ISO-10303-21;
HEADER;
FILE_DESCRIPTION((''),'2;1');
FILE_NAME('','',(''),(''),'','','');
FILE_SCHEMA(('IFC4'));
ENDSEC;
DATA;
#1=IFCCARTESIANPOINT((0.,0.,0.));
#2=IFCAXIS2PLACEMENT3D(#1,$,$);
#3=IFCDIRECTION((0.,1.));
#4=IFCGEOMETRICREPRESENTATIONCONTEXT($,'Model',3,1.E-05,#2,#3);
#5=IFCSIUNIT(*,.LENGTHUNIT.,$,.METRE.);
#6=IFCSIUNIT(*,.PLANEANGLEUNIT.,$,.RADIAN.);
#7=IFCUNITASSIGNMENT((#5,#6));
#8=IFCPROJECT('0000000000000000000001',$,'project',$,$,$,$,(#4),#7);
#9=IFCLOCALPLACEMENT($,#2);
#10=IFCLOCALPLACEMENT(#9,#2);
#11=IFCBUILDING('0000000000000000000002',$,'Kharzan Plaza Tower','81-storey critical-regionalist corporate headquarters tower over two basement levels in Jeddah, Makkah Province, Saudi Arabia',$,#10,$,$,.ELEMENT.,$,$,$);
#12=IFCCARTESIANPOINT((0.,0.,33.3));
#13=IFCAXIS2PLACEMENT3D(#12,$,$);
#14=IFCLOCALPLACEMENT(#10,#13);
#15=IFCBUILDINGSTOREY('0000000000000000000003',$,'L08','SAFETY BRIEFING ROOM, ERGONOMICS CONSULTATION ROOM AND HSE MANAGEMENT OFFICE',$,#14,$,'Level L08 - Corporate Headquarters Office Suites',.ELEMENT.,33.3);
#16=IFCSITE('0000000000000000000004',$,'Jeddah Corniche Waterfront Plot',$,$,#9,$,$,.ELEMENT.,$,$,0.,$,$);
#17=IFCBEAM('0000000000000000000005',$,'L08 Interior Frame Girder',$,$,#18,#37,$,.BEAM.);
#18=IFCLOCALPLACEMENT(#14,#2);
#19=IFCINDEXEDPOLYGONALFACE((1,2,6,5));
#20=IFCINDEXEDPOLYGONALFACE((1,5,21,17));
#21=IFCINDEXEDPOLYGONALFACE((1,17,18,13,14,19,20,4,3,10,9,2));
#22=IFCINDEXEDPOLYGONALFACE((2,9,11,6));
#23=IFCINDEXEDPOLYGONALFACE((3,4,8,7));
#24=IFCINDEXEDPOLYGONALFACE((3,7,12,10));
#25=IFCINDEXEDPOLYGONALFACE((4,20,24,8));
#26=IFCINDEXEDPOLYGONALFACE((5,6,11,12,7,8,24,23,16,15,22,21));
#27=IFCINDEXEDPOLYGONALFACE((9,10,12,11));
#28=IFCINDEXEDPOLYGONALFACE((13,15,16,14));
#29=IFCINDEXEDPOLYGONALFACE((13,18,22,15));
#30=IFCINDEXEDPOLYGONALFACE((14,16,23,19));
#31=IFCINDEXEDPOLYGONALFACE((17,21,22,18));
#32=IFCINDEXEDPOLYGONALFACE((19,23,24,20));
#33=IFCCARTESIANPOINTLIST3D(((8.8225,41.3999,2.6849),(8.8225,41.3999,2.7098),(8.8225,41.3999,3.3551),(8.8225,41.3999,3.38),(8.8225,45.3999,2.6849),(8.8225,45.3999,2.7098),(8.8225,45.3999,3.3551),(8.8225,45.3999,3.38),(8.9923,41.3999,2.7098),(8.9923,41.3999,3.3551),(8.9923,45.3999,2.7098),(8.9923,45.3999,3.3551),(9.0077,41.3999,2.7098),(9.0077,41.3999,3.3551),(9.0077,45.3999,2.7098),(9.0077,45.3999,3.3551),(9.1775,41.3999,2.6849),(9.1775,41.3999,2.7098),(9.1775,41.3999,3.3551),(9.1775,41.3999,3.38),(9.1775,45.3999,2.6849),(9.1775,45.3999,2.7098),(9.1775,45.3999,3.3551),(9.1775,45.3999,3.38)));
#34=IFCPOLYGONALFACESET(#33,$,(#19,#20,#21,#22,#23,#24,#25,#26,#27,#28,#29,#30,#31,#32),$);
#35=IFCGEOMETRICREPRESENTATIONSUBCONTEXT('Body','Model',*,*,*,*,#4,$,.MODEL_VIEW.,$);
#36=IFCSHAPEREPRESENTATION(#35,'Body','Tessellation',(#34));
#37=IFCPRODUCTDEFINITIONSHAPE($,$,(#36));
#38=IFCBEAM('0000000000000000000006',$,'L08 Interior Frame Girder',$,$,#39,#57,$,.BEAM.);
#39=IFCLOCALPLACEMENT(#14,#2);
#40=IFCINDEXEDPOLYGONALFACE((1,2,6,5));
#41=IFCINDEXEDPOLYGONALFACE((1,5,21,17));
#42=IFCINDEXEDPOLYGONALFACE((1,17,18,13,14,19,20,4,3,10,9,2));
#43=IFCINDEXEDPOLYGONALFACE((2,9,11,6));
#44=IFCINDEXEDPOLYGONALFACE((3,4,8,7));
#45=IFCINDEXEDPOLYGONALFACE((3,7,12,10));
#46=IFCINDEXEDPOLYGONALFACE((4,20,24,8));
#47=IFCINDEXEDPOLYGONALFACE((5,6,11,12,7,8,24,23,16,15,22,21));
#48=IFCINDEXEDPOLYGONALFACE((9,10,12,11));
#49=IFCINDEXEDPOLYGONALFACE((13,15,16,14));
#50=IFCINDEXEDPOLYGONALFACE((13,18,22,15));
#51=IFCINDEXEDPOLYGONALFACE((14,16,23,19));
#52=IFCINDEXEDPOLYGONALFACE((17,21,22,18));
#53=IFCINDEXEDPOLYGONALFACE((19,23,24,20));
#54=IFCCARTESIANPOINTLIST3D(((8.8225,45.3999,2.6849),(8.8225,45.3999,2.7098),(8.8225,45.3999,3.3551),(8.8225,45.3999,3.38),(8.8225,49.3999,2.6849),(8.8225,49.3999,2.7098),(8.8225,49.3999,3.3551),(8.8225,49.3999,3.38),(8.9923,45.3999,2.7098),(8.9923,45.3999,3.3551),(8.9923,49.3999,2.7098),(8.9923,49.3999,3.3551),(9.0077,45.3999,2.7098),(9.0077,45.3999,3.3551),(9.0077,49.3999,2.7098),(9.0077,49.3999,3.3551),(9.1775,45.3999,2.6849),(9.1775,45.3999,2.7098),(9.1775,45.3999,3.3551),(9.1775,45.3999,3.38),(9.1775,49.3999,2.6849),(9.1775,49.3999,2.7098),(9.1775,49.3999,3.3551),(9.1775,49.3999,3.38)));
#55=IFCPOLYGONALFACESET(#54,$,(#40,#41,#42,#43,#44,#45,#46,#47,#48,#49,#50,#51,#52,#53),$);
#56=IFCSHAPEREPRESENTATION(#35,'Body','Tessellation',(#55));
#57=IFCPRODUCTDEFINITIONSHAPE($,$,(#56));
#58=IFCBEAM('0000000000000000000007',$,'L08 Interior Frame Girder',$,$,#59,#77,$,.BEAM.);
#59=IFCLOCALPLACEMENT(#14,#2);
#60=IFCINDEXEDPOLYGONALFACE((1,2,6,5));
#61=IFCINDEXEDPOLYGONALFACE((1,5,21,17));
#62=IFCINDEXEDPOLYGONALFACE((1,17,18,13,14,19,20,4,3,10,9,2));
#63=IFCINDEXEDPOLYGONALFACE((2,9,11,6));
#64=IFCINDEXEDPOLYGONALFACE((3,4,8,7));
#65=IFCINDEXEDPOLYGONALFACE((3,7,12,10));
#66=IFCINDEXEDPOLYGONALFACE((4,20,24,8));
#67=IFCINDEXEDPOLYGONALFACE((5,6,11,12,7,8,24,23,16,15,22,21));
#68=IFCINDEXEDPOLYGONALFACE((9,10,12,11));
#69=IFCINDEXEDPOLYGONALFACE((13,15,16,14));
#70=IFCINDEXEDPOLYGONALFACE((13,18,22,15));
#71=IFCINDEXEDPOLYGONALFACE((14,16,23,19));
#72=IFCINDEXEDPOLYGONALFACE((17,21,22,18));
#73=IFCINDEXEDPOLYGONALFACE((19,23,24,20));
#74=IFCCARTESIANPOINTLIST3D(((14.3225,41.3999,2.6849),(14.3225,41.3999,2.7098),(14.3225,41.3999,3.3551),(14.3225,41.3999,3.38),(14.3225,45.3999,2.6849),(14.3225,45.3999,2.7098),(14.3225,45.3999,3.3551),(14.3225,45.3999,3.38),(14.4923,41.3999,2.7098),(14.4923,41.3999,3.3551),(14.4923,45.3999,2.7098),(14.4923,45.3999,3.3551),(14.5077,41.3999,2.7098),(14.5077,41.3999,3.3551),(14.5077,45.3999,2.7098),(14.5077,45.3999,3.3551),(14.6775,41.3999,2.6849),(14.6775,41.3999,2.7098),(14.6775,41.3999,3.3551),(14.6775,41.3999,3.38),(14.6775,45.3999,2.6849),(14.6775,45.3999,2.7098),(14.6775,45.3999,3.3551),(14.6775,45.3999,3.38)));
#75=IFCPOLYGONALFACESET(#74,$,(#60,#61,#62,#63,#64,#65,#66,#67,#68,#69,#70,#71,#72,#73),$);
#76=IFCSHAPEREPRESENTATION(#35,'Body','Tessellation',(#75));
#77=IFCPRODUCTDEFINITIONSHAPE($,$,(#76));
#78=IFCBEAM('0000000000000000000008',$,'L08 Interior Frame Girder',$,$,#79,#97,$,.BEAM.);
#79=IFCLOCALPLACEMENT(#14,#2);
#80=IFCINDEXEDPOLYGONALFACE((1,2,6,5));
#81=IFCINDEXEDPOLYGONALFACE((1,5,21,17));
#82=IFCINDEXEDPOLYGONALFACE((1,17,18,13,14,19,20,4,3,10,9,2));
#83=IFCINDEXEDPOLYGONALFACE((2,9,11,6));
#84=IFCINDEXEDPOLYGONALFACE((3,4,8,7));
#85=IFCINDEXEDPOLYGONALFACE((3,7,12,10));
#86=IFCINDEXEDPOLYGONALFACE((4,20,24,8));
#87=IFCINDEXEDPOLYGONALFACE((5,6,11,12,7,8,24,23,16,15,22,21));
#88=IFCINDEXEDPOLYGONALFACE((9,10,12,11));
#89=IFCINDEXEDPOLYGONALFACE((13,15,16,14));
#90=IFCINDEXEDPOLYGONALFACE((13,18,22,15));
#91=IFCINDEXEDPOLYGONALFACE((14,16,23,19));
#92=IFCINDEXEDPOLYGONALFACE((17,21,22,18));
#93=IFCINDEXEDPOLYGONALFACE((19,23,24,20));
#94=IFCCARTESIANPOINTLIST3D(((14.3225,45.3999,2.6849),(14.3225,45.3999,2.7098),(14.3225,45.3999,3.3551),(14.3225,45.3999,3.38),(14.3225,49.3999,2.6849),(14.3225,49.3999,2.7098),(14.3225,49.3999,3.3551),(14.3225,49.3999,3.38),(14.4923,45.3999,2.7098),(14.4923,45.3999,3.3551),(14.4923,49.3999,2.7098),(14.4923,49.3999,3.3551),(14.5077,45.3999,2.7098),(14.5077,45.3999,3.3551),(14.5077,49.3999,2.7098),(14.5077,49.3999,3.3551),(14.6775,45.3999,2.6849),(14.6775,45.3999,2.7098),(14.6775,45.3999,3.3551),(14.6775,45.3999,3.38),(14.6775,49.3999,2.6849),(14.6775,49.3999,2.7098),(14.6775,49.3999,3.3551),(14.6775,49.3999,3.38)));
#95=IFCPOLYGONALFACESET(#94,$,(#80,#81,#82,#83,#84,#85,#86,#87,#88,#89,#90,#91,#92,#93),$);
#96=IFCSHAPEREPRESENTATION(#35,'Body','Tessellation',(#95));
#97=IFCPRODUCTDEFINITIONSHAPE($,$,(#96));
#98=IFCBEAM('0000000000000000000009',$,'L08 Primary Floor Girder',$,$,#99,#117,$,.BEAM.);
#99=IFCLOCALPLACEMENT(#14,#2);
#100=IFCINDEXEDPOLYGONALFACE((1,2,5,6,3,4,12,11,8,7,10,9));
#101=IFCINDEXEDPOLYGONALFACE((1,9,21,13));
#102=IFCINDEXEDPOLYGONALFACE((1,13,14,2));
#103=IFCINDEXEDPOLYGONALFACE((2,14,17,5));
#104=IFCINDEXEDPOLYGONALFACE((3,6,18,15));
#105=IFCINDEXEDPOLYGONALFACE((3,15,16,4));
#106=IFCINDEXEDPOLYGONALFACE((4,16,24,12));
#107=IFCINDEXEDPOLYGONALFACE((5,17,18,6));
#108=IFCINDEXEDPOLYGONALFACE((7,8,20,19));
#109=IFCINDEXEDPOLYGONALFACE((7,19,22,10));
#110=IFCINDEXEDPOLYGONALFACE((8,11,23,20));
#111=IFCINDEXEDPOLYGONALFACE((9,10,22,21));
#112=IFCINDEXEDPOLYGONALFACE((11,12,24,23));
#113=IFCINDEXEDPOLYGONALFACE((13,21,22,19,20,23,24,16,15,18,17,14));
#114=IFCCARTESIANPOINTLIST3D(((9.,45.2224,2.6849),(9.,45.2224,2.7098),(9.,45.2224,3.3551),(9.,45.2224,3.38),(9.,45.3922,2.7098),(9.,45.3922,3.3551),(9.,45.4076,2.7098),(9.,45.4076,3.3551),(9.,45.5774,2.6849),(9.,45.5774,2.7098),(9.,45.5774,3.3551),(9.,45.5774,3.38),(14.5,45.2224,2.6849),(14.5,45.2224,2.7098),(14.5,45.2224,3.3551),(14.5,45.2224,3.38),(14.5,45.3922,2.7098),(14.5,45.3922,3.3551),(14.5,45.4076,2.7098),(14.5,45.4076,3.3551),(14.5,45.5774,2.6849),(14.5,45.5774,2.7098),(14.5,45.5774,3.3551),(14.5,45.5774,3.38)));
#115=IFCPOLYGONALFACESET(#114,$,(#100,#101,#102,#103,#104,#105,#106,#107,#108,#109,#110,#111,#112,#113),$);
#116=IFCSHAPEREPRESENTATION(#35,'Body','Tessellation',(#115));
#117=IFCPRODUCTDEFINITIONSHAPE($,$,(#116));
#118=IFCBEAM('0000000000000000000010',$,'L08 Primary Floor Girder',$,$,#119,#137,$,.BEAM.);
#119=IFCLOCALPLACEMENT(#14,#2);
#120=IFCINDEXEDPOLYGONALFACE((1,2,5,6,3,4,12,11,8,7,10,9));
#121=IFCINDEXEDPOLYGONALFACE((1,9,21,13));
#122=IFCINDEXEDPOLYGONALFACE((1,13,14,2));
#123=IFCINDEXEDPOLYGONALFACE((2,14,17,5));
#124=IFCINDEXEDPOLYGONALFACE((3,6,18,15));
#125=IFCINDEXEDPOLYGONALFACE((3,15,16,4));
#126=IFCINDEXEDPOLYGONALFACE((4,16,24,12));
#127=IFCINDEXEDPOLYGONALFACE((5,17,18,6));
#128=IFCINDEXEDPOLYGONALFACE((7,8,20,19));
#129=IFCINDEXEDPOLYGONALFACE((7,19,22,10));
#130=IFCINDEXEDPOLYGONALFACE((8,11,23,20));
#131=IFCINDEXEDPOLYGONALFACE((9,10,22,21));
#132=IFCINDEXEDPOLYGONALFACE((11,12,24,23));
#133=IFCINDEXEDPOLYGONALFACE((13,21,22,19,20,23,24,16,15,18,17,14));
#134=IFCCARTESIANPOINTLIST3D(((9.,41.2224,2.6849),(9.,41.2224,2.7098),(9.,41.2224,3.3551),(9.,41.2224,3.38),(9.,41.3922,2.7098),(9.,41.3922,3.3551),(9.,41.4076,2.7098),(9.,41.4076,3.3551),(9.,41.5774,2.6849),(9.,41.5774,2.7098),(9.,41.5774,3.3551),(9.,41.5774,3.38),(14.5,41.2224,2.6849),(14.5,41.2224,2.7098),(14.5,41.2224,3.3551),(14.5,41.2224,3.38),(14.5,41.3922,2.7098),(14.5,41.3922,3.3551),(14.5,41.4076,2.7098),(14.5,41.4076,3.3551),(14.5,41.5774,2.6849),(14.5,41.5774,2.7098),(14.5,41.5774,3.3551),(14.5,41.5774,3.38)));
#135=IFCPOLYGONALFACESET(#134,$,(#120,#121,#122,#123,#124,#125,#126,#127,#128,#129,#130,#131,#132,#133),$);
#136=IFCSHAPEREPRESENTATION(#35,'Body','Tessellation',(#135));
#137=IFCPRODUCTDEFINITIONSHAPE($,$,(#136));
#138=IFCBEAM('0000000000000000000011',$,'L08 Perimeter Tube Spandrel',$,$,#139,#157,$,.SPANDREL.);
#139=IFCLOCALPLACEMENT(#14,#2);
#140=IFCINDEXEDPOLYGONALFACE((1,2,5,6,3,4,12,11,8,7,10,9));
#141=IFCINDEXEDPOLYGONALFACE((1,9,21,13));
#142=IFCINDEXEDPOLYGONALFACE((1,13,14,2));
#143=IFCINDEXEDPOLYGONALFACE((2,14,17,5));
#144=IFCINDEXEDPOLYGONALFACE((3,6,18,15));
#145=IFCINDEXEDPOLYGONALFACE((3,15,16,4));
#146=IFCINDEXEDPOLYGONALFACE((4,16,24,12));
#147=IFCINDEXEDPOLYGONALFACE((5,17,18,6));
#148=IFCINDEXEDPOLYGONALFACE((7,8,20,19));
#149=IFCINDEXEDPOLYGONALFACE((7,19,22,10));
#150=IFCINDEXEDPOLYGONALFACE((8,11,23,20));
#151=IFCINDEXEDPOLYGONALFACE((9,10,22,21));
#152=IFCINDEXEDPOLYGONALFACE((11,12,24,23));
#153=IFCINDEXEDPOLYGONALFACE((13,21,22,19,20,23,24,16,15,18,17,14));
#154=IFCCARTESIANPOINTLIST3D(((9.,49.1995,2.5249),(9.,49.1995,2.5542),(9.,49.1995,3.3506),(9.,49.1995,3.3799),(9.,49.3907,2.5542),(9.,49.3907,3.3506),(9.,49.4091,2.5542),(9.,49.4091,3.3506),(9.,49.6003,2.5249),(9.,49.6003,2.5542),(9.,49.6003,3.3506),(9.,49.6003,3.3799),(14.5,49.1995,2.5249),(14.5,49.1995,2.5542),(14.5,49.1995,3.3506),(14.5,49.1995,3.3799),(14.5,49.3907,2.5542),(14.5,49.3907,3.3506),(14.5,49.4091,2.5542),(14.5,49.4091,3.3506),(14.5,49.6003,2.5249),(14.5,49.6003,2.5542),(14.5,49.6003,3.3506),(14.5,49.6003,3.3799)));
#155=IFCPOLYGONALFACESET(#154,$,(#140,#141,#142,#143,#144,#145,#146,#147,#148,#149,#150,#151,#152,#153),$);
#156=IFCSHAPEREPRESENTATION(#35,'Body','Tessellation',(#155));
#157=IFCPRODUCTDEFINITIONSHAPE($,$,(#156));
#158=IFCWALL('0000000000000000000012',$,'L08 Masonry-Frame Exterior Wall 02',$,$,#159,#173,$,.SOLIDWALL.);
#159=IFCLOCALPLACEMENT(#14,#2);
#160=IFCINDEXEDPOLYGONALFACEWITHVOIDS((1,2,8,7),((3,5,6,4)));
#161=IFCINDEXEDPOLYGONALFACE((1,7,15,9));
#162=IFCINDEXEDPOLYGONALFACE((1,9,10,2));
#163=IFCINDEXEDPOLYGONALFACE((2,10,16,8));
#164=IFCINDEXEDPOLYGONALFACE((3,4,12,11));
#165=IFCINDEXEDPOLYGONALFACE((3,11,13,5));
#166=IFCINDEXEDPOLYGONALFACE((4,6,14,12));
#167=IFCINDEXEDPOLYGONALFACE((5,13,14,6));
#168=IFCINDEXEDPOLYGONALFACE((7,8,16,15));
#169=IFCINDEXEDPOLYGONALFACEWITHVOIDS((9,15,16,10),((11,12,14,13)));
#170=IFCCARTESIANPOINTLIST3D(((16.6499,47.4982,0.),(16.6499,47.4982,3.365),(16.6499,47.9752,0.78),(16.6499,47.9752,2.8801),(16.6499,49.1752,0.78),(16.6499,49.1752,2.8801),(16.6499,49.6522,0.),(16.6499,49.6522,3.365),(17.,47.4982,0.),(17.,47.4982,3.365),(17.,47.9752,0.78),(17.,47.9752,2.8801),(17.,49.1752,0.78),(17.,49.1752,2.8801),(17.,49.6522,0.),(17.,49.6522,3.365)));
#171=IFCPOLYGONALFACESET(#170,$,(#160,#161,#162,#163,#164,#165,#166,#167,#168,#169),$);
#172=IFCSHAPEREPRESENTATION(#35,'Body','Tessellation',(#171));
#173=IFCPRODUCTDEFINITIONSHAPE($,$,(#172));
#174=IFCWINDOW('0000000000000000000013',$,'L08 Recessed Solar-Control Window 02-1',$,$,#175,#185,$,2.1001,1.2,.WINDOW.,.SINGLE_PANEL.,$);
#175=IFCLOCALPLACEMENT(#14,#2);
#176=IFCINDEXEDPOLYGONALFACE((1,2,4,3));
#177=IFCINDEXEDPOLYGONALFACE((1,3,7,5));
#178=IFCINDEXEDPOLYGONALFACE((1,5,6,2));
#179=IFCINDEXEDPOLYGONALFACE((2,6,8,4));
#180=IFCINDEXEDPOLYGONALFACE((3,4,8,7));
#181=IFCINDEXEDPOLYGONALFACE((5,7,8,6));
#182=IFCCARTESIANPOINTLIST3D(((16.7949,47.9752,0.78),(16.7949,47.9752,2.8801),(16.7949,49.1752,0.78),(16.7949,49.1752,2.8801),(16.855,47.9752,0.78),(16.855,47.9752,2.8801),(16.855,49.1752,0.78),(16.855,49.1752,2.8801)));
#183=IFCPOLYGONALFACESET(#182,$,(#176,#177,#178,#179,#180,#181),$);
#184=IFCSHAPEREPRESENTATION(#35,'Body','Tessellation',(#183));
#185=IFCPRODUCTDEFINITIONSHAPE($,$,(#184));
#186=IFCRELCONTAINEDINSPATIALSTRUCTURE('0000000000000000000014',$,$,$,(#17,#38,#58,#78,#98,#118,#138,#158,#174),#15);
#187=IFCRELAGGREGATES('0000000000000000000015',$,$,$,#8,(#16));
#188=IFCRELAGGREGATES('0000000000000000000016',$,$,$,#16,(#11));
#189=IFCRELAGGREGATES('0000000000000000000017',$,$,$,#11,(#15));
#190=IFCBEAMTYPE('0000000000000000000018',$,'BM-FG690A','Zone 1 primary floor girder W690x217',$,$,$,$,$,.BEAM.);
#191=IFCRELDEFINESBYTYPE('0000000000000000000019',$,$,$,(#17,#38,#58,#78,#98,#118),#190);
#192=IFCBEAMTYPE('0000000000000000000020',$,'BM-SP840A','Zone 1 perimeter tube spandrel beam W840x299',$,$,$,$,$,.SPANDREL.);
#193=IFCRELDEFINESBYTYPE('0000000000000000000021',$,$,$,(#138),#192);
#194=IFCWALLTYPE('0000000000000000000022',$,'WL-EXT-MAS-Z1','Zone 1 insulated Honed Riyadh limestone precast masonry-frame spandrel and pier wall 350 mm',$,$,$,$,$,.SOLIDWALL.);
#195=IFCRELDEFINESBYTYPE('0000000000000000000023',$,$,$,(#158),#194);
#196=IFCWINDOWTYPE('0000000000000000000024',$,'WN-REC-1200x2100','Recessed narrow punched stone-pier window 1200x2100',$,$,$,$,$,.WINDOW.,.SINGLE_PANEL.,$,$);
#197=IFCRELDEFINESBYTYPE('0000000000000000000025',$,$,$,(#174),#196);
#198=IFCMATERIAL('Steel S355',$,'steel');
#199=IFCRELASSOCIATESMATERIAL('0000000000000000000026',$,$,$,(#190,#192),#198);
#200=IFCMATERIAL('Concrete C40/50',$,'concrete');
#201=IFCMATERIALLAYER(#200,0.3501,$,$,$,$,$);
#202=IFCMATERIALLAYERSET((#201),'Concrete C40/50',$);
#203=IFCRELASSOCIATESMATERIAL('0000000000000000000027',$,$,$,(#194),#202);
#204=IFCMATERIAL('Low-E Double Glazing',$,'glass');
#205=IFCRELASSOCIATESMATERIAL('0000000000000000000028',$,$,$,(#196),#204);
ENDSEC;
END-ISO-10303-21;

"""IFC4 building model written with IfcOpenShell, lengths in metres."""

from ifc_helpers import new_model, si_unit, direction, frame, frame_2d, origin, origin_2d, place, context, subcontext, project, spatial, rectangle, i_section, extrude, source, transform, mapped, material, layer, layer_set, material_profile, profile_set, type_object, element, fill, save


model = new_model("IFC4")

# Units and contexts
model_context = context("Model", 3, precision=1e-05, world=origin(), true_north=direction((0.0, 1.0)))
body_context = subcontext(model_context, "Body", "Model", "MODEL_VIEW")
ifc_project = project(units=[si_unit("LENGTHUNIT", "METRE"), si_unit("PLANEANGLEUNIT", "RADIAN")], contexts=[model_context])

# Site, building, storey
site_placement = place(None, origin())
site = spatial("IfcSite", under=ifc_project, at=site_placement, Name="Jeddah Corniche Waterfront Plot", CompositionType="ELEMENT", RefElevation=0.0)
building_placement = place(site_placement, origin())
building = spatial("IfcBuilding", under=site, at=building_placement, Name="Kharzan Plaza Tower", Description="81-storey critical-regionalist corporate headquarters tower over two basement levels in Jeddah, Makkah Province, Saudi Arabia", CompositionType="ELEMENT")
storey_placement = place(building_placement, frame((0.0, 0.0, 33.3)))
storey = spatial("IfcBuildingStorey", under=building, at=storey_placement, Name="L08", Description="SAFETY BRIEFING ROOM, ERGONOMICS CONSULTATION ROOM AND HSE MANAGEMENT OFFICE", LongName="Level L08 - Corporate Headquarters Office Suites", CompositionType="ELEMENT", Elevation=33.3)

# Beams
ifc_material_1 = material(Name="Steel S355", Category="steel")
ifc_material_profile_1 = material_profile(ifc_material_1, i_section(OverallWidth=0.355, OverallDepth=0.6951, WebThickness=0.0154, FlangeThickness=0.0249, at=origin_2d()), Name="W690x217")
ifc_profile_set_1 = profile_set([ifc_material_profile_1], Name="Steel S355")
beam_type_1 = type_object("IfcBeamType", Name="BM-FG690A", Description="Zone 1 primary floor girder W690x217", PredefinedType="BEAM", material=ifc_profile_set_1)
shared_shape_1 = source(origin(), body_context, "Body", "SweptSolid", [
    extrude(i_section(OverallWidth=0.355, OverallDepth=0.6951, WebThickness=0.0154, FlangeThickness=0.0249, at=origin_2d()), origin(), (0.0, 0.0, 1.0), 4.0),
])
for number, where, z_axis, x_axis, name in (
    (1, (9.0, 41.3999, 3.0325), (0.0, 1.0, 0.0), (-1.0, 0.0, 0.0), "L08 Interior Frame Girder"),
    (2, (9.0, 45.3999, 3.0325), (0.0, 1.0, 0.0), (-1.0, 0.0, 0.0), "L08 Interior Frame Girder"),
    (3, (14.5, 41.3999, 3.0325), (0.0, 1.0, 0.0), (-1.0, 0.0, 0.0), "L08 Interior Frame Girder"),
    (4, (14.5, 45.3999, 3.0325), (0.0, 1.0, 0.0), (-1.0, 0.0, 0.0), "L08 Interior Frame Girder"),
):
    element("IfcBeam", number, at=place(storey_placement, frame(where, z_axis=z_axis, x_axis=x_axis)), inside=storey, type_object=beam_type_1, Name=name, PredefinedType="BEAM", context=body_context, shape_type="MappedRepresentation", body=[
        mapped(shared_shape_1, transform((0.0, 0.0, 0.0), x_axis=(1.0, 0.0, 0.0), y_axis=(0.0, 1.0, 0.0), z_axis=(0.0, 0.0, 1.0))),
    ])
shared_shape_2 = source(origin(), body_context, "Body", "SweptSolid", [
    extrude(i_section(OverallWidth=0.355, OverallDepth=0.6951, WebThickness=0.0154, FlangeThickness=0.0249, at=origin_2d()), origin(), (0.0, 0.0, 1.0), 5.5),
])
for number, where, z_axis, x_axis, name in (
    (5, (9.0, 45.3999, 3.0325), (1.0, 0.0, 0.0), (0.0, 1.0, 0.0), "L08 Primary Floor Girder"),
    (6, (9.0, 41.3999, 3.0325), (1.0, 0.0, 0.0), (0.0, 1.0, 0.0), "L08 Primary Floor Girder"),
):
    element("IfcBeam", number, at=place(storey_placement, frame(where, z_axis=z_axis, x_axis=x_axis)), inside=storey, type_object=beam_type_1, Name=name, PredefinedType="BEAM", context=body_context, shape_type="MappedRepresentation", body=[
        mapped(shared_shape_2, transform((0.0, 0.0, 0.0), x_axis=(1.0, 0.0, 0.0), y_axis=(0.0, 1.0, 0.0), z_axis=(0.0, 0.0, 1.0))),
    ])
ifc_material_profile_2 = material_profile(ifc_material_1, i_section(OverallWidth=0.4009, OverallDepth=0.855, WebThickness=0.0183, FlangeThickness=0.0293, at=origin_2d()), Name="W840x299")
ifc_profile_set_2 = profile_set([ifc_material_profile_2], Name="Steel S355")
beam_type_2 = type_object("IfcBeamType", Name="BM-SP840A", Description="Zone 1 perimeter tube spandrel beam W840x299", PredefinedType="SPANDREL", material=ifc_profile_set_2)
shared_shape_3 = source(origin(), body_context, "Body", "SweptSolid", [
    extrude(i_section(OverallWidth=0.4009, OverallDepth=0.855, WebThickness=0.0183, FlangeThickness=0.0293, at=origin_2d()), origin(), (0.0, 0.0, 1.0), 5.5),
])
beam_1_placement = place(storey_placement, frame((9.0, 49.3999, 2.9524), z_axis=(1.0, 0.0, 0.0), x_axis=(0.0, 1.0, 0.0)))
element("IfcBeam", 7, at=beam_1_placement, inside=storey, type_object=beam_type_2, Name="L08 Perimeter Tube Spandrel", PredefinedType="SPANDREL", context=body_context, shape_type="MappedRepresentation", body=[
    mapped(shared_shape_3, transform((0.0, 0.0, 0.0), x_axis=(1.0, 0.0, 0.0), y_axis=(0.0, 1.0, 0.0), z_axis=(0.0, 0.0, 1.0))),
])

# Wall, opening, window
ifc_material_2 = material(Name="Concrete C40/50", Category="concrete")
ifc_layer_1 = layer(ifc_material_2, 0.3501)
ifc_layer_set_1 = layer_set([ifc_layer_1], Name="Concrete C40/50")
wall_type_1 = type_object("IfcWallType", Name="WL-EXT-MAS-Z1", Description="Zone 1 insulated Honed Riyadh limestone precast masonry-frame spandrel and pier wall 350 mm", PredefinedType="SOLIDWALL", material=ifc_layer_set_1)
wall_1_placement = place(storey_placement, frame((16.825, 47.498, 0.0), z_axis=(0.0, 0.0, 1.0), x_axis=(0.0, 1.0, 0.0)))
wall_1 = element("IfcWall", 8, at=wall_1_placement, inside=storey, type_object=wall_type_1, Name="L08 Masonry-Frame Exterior Wall 02", PredefinedType="SOLIDWALL", context=body_context, shape_type="SweptSolid", body=[
    extrude(rectangle(XDim=2.1541, YDim=0.3501, at=frame_2d((1.0771, 0.0))), origin(), (0.0, 0.0, 1.0), 3.365),
])
opening_1_placement = place(wall_1_placement, frame((0.4771, 0.0, 0.78)))
opening_1 = element("IfcOpeningElement", 9, at=opening_1_placement, cuts=wall_1, PredefinedType="OPENING", context=body_context, shape_type="SweptSolid", body=[
    extrude(rectangle(XDim=1.2, YDim=2.1001, at=frame_2d((0.6001, 1.05))), frame((0.0, 0.1851, 0.0), z_axis=(0.0, -1.0, 0.0), x_axis=(1.0, 0.0, 0.0)), (0.0, 0.0, 1.0), 0.3701),
])
ifc_material_3 = material(Name="Low-E Double Glazing", Category="glass")
window_type_1 = type_object("IfcWindowType", Name="WN-REC-1200x2100", Description="Recessed narrow punched stone-pier window 1200x2100", PartitioningType="SINGLE_PANEL", PredefinedType="WINDOW", material=ifc_material_3)
shared_shape_4 = source(origin(), body_context, "Body", "SweptSolid", [
    extrude(rectangle(XDim=1.2, YDim=2.1001, at=frame_2d((0.6001, 1.05))), frame((0.0, 0.03, 0.0), z_axis=(0.0, -1.0, 0.0), x_axis=(1.0, 0.0, 0.0)), (0.0, 0.0, 1.0), 0.0601),
])
window_1_placement = place(opening_1_placement, origin())
window_1 = element("IfcWindow", 10, at=window_1_placement, inside=storey, type_object=window_type_1, Name="L08 Recessed Solar-Control Window 02-1", OverallHeight=2.1001, OverallWidth=1.2, PartitioningType="SINGLE_PANEL", PredefinedType="WINDOW", context=body_context, shape_type="MappedRepresentation", body=[
    mapped(shared_shape_4, transform((0.0, 0.0, 0.0), x_axis=(1.0, 0.0, 0.0), y_axis=(0.0, 1.0, 0.0), z_axis=(0.0, 0.0, 1.0))),
])
fill(opening_1, window_1)

save(model, "model.ifc")
